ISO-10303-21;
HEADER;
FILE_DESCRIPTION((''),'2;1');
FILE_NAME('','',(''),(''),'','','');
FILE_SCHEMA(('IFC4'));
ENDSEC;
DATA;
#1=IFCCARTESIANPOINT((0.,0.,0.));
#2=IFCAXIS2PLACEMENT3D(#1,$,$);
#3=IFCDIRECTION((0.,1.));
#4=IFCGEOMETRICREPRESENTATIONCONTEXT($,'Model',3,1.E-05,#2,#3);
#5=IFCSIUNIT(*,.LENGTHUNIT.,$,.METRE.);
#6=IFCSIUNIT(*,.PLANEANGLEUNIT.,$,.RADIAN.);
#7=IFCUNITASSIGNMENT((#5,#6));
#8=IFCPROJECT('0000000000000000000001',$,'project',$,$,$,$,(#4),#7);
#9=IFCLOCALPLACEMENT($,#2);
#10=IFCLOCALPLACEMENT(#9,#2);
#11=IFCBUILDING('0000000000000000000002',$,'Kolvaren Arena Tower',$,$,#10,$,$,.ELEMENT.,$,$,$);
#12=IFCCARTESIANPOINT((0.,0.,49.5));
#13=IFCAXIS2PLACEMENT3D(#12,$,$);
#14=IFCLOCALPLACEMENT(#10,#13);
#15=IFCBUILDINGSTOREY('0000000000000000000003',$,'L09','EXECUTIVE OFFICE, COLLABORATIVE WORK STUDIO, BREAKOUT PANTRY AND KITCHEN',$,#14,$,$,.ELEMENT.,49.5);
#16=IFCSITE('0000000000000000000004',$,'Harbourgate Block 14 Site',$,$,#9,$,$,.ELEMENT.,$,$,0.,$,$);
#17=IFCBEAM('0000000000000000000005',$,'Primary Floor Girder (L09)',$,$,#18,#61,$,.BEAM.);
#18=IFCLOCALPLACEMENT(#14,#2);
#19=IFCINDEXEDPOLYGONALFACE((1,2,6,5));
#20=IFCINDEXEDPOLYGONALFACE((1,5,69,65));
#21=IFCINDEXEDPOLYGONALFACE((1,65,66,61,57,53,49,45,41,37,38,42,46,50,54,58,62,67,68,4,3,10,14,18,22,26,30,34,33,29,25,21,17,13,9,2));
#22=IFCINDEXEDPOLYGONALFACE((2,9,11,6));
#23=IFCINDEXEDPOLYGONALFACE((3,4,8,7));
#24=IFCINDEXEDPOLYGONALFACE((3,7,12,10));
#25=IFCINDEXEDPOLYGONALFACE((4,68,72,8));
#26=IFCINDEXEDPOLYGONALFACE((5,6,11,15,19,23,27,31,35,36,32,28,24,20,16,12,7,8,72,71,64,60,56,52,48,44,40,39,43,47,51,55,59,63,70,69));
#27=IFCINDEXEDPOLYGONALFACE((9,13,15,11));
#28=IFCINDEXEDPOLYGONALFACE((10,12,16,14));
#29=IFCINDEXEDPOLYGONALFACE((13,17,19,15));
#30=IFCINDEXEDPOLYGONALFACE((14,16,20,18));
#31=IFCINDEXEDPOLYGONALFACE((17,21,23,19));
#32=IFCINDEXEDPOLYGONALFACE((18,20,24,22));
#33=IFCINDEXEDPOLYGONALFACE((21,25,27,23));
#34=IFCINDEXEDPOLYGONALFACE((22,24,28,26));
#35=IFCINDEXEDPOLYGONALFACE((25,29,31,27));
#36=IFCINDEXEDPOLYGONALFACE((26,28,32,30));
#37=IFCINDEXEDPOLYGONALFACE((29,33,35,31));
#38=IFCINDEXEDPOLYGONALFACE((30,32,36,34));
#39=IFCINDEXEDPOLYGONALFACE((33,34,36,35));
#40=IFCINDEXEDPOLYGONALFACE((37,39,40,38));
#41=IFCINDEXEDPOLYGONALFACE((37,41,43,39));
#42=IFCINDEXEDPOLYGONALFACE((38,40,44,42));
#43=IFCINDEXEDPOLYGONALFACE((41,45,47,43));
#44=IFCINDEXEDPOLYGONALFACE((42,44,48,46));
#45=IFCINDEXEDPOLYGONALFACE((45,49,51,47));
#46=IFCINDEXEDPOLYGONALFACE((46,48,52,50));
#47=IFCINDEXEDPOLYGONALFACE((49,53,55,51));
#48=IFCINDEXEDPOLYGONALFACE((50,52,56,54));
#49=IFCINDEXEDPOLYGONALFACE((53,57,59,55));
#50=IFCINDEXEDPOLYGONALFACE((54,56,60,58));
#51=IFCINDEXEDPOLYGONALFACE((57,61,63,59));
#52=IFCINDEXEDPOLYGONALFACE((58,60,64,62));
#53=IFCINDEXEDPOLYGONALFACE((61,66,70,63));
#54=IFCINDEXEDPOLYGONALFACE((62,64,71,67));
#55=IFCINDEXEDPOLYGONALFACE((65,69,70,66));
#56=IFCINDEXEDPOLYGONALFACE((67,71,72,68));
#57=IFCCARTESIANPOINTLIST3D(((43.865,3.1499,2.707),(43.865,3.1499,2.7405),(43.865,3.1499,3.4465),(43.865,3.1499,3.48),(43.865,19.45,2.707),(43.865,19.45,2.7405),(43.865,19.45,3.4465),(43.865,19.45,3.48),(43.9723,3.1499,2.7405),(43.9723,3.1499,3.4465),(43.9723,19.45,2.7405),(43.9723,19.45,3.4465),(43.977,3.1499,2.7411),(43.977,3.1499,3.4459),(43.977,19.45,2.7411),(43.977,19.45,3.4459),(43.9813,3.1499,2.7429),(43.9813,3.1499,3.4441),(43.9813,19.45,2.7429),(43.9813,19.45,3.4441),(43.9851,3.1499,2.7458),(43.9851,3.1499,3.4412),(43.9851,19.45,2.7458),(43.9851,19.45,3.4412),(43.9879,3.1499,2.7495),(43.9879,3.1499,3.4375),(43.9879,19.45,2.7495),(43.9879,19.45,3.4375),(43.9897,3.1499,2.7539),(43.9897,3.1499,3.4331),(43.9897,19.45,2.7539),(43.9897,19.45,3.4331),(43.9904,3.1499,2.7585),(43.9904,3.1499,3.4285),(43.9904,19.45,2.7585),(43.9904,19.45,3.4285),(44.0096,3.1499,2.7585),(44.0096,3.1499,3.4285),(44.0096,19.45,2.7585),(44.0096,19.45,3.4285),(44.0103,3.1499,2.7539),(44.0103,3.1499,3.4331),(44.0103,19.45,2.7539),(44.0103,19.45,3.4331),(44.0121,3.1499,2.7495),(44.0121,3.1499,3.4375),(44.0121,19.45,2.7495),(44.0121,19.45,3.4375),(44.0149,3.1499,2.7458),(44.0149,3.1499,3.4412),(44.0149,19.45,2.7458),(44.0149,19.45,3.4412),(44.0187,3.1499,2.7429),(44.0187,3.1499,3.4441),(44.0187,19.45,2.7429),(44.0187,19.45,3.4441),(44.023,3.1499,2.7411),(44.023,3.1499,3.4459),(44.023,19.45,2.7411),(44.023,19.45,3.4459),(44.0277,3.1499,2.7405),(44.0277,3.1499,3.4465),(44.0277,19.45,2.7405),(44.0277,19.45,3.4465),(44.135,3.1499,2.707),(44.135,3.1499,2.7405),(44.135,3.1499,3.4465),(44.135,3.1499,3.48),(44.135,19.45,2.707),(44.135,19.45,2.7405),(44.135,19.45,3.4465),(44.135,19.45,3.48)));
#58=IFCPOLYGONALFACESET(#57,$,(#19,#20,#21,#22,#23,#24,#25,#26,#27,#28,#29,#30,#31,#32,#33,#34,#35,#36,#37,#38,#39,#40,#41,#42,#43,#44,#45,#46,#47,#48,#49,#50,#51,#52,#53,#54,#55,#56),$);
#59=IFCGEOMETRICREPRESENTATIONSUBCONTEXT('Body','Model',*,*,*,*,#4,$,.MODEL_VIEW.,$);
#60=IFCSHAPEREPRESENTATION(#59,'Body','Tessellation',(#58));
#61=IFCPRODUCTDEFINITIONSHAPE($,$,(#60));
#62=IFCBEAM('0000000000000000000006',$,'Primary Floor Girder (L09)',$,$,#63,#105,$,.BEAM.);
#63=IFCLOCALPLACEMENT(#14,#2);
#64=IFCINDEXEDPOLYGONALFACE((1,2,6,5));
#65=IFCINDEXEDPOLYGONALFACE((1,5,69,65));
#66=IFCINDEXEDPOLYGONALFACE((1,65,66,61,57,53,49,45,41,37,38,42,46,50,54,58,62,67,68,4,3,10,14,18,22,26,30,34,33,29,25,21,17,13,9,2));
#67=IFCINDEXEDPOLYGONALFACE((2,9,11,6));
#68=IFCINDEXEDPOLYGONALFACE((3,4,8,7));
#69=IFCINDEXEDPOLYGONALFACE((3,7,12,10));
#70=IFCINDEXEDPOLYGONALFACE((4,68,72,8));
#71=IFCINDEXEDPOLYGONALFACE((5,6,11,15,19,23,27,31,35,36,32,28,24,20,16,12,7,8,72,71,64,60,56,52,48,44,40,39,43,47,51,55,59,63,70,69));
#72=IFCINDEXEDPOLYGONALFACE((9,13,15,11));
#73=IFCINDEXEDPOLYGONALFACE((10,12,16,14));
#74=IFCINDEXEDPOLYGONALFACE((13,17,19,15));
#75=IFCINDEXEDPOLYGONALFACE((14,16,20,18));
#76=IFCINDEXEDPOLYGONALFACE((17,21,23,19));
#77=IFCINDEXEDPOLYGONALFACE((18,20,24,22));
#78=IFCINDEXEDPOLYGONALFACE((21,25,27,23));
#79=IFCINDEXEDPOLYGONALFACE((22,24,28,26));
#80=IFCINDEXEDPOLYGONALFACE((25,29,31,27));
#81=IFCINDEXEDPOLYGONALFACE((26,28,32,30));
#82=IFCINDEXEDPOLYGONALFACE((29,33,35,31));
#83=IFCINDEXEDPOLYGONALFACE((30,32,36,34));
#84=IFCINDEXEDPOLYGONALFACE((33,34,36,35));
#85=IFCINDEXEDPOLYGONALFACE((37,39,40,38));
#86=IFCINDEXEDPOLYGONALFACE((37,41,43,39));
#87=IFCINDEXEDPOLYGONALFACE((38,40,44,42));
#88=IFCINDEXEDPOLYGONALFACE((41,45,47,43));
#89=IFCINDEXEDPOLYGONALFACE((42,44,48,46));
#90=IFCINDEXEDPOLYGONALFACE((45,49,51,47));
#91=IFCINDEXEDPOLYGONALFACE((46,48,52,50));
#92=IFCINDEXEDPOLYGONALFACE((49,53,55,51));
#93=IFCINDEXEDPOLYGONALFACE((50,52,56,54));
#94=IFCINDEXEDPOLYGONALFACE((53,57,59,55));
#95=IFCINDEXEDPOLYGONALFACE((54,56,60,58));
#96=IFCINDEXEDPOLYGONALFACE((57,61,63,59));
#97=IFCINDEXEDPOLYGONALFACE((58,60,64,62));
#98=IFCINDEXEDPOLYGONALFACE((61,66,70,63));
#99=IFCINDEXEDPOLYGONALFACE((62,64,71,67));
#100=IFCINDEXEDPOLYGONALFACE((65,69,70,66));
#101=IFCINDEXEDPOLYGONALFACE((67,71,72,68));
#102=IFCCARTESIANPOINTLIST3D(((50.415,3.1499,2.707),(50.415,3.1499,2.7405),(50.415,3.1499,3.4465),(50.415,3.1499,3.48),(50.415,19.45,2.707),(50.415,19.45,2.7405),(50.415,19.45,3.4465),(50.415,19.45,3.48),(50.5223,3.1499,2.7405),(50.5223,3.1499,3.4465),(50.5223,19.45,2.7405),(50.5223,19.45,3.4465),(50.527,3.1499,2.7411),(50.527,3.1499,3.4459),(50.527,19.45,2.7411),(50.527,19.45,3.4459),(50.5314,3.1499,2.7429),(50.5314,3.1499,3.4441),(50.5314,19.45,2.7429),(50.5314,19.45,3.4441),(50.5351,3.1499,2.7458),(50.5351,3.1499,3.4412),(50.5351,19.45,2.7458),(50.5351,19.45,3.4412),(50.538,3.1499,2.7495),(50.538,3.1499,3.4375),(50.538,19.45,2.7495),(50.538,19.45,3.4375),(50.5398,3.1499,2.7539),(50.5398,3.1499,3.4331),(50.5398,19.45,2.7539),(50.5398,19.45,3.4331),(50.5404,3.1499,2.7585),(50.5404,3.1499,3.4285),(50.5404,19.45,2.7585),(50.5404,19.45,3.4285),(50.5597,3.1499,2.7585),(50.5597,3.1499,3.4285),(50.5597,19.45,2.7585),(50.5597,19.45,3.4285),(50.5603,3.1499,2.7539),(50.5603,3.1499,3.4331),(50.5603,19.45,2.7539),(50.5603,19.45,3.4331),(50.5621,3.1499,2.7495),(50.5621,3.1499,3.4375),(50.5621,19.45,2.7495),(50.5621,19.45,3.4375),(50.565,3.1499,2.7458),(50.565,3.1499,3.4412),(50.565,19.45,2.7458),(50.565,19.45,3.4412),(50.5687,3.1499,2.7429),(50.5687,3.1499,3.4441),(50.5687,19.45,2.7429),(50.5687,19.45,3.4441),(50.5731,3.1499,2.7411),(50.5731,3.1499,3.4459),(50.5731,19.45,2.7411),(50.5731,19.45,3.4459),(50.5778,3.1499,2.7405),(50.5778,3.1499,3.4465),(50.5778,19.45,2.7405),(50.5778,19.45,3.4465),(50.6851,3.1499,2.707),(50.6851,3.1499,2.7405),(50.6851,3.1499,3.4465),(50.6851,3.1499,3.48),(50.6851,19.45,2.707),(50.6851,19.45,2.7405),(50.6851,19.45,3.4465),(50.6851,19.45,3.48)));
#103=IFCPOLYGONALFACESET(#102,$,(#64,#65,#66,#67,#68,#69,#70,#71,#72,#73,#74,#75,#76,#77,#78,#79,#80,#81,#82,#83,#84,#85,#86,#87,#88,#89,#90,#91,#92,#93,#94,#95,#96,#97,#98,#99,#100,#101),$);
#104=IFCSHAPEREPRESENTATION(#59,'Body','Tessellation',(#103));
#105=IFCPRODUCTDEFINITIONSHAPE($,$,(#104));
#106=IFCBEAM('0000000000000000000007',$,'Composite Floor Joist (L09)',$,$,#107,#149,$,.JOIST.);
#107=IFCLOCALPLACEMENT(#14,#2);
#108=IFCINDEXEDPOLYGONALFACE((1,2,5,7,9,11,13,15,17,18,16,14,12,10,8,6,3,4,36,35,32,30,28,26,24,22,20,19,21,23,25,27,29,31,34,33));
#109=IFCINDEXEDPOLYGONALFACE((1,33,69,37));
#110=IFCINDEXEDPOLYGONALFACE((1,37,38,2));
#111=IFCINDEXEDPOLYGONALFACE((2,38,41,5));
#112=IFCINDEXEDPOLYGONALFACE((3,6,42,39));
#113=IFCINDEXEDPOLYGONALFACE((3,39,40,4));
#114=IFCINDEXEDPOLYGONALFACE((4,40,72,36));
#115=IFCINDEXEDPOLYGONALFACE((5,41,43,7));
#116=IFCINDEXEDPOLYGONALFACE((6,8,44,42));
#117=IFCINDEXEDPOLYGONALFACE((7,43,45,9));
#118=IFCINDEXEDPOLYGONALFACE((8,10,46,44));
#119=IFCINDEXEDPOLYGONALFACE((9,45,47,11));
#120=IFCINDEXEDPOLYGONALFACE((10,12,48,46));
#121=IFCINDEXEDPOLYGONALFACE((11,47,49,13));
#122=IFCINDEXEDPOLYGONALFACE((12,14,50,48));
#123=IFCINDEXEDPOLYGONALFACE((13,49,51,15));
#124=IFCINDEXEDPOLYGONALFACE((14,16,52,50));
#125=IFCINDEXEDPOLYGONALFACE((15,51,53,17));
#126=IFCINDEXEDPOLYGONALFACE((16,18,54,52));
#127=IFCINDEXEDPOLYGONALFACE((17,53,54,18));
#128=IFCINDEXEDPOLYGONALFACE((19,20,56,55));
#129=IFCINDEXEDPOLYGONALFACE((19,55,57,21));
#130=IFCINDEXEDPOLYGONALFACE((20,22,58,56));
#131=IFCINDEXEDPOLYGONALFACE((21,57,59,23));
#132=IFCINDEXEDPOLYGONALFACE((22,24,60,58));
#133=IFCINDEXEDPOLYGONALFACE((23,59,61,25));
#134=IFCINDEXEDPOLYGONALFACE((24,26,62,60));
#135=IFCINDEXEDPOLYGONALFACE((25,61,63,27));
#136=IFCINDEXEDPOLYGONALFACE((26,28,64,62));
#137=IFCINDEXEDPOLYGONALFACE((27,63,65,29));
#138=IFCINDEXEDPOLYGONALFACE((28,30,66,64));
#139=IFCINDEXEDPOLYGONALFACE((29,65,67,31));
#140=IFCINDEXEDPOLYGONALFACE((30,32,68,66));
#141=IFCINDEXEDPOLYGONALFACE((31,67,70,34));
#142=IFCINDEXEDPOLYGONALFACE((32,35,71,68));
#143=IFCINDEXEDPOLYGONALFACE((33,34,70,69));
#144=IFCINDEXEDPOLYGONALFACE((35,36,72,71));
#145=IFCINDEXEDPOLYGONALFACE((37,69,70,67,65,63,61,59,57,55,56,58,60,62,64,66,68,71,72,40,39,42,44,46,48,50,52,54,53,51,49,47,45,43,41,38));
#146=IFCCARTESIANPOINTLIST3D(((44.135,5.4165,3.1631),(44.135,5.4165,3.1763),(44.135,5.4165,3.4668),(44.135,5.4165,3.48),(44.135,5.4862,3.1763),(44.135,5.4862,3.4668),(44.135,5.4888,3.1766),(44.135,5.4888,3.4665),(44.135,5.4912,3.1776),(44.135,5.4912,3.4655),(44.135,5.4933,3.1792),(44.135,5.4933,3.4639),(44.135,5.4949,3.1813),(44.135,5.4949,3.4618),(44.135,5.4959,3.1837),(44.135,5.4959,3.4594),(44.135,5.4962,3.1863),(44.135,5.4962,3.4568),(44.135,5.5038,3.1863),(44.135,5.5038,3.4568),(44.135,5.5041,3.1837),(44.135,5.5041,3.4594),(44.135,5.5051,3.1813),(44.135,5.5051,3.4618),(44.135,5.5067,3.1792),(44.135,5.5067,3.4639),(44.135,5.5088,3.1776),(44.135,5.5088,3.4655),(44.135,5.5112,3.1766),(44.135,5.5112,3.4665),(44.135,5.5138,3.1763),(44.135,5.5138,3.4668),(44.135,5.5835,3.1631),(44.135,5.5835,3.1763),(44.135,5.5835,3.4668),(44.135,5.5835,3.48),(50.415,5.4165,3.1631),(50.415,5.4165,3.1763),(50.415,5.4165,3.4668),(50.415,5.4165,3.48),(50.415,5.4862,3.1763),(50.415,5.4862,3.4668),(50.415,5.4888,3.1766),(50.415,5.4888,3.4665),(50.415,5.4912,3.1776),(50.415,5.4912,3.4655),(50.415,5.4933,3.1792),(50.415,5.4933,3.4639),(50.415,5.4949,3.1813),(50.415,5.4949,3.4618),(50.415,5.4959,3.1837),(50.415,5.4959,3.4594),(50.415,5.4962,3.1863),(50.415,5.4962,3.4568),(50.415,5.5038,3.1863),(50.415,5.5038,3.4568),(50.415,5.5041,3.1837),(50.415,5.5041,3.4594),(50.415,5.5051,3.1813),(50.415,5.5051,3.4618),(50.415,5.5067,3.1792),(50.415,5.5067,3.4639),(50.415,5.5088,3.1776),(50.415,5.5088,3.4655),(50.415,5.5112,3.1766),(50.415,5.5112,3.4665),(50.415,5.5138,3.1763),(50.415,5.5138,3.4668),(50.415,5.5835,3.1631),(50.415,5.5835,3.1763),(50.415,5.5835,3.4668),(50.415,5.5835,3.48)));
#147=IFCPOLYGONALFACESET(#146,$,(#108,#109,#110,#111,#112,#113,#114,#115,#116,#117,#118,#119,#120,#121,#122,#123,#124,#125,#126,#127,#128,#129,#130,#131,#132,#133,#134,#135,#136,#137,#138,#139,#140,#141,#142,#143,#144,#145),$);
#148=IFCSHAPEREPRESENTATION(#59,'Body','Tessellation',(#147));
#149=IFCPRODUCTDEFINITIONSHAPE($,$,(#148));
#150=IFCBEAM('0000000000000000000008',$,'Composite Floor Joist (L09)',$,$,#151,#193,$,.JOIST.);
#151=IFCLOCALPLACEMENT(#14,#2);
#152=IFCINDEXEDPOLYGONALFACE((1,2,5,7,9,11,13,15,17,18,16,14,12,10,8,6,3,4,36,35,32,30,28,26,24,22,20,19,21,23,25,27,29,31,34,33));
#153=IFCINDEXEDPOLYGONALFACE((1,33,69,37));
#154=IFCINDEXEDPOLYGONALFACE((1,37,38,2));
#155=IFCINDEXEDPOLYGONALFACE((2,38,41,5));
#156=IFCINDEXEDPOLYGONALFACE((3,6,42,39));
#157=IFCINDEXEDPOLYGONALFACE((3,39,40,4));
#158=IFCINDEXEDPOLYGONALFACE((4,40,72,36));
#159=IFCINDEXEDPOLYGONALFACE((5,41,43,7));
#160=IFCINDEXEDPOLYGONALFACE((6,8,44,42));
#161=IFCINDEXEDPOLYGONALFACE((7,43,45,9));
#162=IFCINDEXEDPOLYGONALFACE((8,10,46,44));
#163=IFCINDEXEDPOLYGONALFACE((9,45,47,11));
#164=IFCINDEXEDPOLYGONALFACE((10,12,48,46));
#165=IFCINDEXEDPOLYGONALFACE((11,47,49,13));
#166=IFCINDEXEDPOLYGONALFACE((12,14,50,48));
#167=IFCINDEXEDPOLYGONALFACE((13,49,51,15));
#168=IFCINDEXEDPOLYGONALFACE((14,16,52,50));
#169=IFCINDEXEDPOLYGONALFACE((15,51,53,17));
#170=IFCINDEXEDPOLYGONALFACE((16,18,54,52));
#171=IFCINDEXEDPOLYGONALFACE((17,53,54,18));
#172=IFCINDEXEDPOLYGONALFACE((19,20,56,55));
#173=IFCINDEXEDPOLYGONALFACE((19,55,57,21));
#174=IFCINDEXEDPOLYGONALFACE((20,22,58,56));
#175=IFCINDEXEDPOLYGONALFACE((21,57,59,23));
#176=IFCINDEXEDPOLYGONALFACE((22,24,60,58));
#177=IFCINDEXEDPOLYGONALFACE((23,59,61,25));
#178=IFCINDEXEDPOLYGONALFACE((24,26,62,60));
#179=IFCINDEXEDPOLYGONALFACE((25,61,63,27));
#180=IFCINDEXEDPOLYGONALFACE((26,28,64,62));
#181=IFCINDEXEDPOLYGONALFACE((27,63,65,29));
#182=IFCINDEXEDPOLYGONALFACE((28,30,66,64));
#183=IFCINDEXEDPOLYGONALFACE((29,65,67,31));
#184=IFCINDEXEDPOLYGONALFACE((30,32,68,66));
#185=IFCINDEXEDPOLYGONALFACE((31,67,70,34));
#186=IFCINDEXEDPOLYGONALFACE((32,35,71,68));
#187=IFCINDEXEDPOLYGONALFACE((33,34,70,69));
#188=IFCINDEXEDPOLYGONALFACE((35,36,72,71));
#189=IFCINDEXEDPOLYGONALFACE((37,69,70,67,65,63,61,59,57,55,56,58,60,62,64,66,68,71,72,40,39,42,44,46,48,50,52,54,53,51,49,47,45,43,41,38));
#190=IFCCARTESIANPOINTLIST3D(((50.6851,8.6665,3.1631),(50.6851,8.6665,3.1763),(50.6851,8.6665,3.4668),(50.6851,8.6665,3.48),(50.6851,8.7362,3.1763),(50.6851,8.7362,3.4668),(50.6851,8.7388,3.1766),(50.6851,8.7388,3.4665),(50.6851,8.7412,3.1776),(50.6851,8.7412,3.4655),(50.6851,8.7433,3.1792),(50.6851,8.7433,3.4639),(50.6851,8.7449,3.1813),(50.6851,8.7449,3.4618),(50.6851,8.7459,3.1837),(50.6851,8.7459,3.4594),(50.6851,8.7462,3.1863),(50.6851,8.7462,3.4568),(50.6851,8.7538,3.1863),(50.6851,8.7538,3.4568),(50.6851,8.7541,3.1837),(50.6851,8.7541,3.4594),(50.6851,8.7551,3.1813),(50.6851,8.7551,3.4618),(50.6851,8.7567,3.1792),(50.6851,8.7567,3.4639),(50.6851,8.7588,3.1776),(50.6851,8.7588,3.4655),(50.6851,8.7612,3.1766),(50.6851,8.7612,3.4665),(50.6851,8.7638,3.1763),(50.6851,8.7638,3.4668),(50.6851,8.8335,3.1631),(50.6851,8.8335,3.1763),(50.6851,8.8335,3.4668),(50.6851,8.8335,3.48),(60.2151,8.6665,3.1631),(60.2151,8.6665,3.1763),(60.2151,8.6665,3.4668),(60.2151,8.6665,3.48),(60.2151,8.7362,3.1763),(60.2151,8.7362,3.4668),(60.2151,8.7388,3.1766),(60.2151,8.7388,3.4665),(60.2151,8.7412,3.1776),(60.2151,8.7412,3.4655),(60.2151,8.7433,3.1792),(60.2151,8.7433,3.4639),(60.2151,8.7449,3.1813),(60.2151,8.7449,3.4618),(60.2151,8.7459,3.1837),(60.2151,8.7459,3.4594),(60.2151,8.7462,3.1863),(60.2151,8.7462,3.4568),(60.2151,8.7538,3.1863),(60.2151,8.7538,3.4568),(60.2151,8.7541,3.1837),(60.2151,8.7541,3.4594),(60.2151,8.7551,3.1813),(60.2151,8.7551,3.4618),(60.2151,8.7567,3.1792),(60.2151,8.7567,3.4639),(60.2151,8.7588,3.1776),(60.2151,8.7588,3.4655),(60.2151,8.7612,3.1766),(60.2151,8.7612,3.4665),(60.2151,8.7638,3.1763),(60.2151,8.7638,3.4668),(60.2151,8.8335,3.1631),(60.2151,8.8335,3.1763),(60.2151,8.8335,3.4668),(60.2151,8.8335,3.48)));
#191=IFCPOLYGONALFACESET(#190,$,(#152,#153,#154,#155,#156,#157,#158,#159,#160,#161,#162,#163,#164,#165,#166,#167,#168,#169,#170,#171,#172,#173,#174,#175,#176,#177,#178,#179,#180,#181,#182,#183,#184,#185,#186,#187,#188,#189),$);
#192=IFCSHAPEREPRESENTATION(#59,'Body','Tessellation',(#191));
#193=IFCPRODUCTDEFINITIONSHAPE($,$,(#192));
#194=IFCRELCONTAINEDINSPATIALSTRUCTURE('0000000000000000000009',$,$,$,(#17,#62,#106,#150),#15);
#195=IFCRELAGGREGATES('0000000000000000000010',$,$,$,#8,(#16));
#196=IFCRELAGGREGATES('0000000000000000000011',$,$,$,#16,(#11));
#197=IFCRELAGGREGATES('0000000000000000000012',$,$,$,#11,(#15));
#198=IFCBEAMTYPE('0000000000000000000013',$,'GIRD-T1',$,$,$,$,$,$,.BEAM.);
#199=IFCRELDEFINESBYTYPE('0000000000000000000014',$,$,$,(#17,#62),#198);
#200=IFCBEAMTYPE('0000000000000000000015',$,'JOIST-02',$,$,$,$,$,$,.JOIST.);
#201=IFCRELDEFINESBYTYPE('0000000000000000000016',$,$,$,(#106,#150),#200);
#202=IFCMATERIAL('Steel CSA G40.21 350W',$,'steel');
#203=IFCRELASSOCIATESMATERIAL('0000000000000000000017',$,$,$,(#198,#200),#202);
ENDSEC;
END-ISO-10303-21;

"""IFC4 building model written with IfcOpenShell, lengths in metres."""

from ifc_helpers import new_model, si_unit, direction, frame, origin, origin_2d, place, context, subcontext, project, spatial, i_section, extrude, material, material_profile, profile_set, type_object, element, save


model = new_model("IFC4")

# Units and contexts
model_context = context("Model", 3, precision=1e-05, world=origin(), true_north=direction((0.0, 1.0)))
body_context = subcontext(model_context, "Body", "Model", "MODEL_VIEW")
ifc_project = project(units=[si_unit("LENGTHUNIT", "METRE"), si_unit("PLANEANGLEUNIT", "RADIAN")], contexts=[model_context])

# Site, building, storey
site_placement = place(None, origin())
site = spatial("IfcSite", under=ifc_project, at=site_placement, Name="Harbourgate Block 14 Site", CompositionType="ELEMENT", RefElevation=0.0)
building_placement = place(site_placement, origin())
building = spatial("IfcBuilding", under=site, at=building_placement, Name="Kolvaren Arena Tower", CompositionType="ELEMENT")
storey_placement = place(building_placement, frame((0.0, 0.0, 49.5)))
storey = spatial("IfcBuildingStorey", under=building, at=storey_placement, Name="L09", Description="EXECUTIVE OFFICE, COLLABORATIVE WORK STUDIO, BREAKOUT PANTRY AND KITCHEN", CompositionType="ELEMENT", Elevation=49.5)

# Beams
ifc_material_1 = material(Name="Steel CSA G40.21 350W", Category="steel")
ifc_material_profile_1 = material_profile(ifc_material_1, i_section(OverallWidth=0.27, OverallDepth=0.7729, WebThickness=0.0193, FlangeThickness=0.0334, FilletRadius=0.0181, at=origin_2d()), Name="W760x257")
ifc_profile_set_1 = profile_set([ifc_material_profile_1], Name="Steel CSA G40.21 350W")
beam_type_1 = type_object("IfcBeamType", Name="GIRD-T1", PredefinedType="BEAM", material=ifc_profile_set_1)
for number, where, z_axis, x_axis, name in (
    (1, (44.0, 3.1499, 3.0935), (0.0, 1.0, 0.0), (-1.0, 0.0, 0.0), "Primary Floor Girder (L09)"),
    (2, (50.55, 3.1499, 3.0935), (0.0, 1.0, 0.0), (-1.0, 0.0, 0.0), "Primary Floor Girder (L09)"),
):
    element("IfcBeam", number, at=place(storey_placement, frame(where, z_axis=z_axis, x_axis=x_axis)), inside=storey, type_object=beam_type_1, Name=name, PredefinedType="BEAM", context=body_context, shape_type="SweptSolid", body=[
        extrude(i_section(OverallWidth=0.27, OverallDepth=0.7729, WebThickness=0.0193, FlangeThickness=0.0334, FilletRadius=0.0181, at=origin_2d()), origin(), (0.0, 0.0, 1.0), 16.3),
    ])
ifc_material_profile_2 = material_profile(ifc_material_1, i_section(OverallWidth=0.167, OverallDepth=0.3169, WebThickness=0.0076, FlangeThickness=0.0132, FilletRadius=0.01, at=origin_2d()), Name="W310x52")
ifc_profile_set_2 = profile_set([ifc_material_profile_2], Name="Steel CSA G40.21 350W")
beam_type_2 = type_object("IfcBeamType", Name="JOIST-02", PredefinedType="JOIST", material=ifc_profile_set_2)
beam_1_placement = place(storey_placement, frame((44.135, 5.5, 3.3215), z_axis=(1.0, 0.0, 0.0), x_axis=(0.0, 1.0, 0.0)))
element("IfcBeam", 3, at=beam_1_placement, inside=storey, type_object=beam_type_2, Name="Composite Floor Joist (L09)", PredefinedType="JOIST", context=body_context, shape_type="SweptSolid", body=[
    extrude(i_section(OverallWidth=0.167, OverallDepth=0.3169, WebThickness=0.0076, FlangeThickness=0.0132, FilletRadius=0.01, at=origin_2d()), origin(), (0.0, 0.0, 1.0), 6.28),
])
beam_2_placement = place(storey_placement, frame((50.6851, 8.75, 3.3215), z_axis=(1.0, 0.0, 0.0), x_axis=(0.0, 1.0, 0.0)))
element("IfcBeam", 4, at=beam_2_placement, inside=storey, type_object=beam_type_2, Name="Composite Floor Joist (L09)", PredefinedType="JOIST", context=body_context, shape_type="SweptSolid", body=[
    extrude(i_section(OverallWidth=0.167, OverallDepth=0.3169, WebThickness=0.0076, FlangeThickness=0.0132, FilletRadius=0.01, at=origin_2d()), origin(), (0.0, 0.0, 1.0), 9.53),
])

save(model, "model.ifc")
